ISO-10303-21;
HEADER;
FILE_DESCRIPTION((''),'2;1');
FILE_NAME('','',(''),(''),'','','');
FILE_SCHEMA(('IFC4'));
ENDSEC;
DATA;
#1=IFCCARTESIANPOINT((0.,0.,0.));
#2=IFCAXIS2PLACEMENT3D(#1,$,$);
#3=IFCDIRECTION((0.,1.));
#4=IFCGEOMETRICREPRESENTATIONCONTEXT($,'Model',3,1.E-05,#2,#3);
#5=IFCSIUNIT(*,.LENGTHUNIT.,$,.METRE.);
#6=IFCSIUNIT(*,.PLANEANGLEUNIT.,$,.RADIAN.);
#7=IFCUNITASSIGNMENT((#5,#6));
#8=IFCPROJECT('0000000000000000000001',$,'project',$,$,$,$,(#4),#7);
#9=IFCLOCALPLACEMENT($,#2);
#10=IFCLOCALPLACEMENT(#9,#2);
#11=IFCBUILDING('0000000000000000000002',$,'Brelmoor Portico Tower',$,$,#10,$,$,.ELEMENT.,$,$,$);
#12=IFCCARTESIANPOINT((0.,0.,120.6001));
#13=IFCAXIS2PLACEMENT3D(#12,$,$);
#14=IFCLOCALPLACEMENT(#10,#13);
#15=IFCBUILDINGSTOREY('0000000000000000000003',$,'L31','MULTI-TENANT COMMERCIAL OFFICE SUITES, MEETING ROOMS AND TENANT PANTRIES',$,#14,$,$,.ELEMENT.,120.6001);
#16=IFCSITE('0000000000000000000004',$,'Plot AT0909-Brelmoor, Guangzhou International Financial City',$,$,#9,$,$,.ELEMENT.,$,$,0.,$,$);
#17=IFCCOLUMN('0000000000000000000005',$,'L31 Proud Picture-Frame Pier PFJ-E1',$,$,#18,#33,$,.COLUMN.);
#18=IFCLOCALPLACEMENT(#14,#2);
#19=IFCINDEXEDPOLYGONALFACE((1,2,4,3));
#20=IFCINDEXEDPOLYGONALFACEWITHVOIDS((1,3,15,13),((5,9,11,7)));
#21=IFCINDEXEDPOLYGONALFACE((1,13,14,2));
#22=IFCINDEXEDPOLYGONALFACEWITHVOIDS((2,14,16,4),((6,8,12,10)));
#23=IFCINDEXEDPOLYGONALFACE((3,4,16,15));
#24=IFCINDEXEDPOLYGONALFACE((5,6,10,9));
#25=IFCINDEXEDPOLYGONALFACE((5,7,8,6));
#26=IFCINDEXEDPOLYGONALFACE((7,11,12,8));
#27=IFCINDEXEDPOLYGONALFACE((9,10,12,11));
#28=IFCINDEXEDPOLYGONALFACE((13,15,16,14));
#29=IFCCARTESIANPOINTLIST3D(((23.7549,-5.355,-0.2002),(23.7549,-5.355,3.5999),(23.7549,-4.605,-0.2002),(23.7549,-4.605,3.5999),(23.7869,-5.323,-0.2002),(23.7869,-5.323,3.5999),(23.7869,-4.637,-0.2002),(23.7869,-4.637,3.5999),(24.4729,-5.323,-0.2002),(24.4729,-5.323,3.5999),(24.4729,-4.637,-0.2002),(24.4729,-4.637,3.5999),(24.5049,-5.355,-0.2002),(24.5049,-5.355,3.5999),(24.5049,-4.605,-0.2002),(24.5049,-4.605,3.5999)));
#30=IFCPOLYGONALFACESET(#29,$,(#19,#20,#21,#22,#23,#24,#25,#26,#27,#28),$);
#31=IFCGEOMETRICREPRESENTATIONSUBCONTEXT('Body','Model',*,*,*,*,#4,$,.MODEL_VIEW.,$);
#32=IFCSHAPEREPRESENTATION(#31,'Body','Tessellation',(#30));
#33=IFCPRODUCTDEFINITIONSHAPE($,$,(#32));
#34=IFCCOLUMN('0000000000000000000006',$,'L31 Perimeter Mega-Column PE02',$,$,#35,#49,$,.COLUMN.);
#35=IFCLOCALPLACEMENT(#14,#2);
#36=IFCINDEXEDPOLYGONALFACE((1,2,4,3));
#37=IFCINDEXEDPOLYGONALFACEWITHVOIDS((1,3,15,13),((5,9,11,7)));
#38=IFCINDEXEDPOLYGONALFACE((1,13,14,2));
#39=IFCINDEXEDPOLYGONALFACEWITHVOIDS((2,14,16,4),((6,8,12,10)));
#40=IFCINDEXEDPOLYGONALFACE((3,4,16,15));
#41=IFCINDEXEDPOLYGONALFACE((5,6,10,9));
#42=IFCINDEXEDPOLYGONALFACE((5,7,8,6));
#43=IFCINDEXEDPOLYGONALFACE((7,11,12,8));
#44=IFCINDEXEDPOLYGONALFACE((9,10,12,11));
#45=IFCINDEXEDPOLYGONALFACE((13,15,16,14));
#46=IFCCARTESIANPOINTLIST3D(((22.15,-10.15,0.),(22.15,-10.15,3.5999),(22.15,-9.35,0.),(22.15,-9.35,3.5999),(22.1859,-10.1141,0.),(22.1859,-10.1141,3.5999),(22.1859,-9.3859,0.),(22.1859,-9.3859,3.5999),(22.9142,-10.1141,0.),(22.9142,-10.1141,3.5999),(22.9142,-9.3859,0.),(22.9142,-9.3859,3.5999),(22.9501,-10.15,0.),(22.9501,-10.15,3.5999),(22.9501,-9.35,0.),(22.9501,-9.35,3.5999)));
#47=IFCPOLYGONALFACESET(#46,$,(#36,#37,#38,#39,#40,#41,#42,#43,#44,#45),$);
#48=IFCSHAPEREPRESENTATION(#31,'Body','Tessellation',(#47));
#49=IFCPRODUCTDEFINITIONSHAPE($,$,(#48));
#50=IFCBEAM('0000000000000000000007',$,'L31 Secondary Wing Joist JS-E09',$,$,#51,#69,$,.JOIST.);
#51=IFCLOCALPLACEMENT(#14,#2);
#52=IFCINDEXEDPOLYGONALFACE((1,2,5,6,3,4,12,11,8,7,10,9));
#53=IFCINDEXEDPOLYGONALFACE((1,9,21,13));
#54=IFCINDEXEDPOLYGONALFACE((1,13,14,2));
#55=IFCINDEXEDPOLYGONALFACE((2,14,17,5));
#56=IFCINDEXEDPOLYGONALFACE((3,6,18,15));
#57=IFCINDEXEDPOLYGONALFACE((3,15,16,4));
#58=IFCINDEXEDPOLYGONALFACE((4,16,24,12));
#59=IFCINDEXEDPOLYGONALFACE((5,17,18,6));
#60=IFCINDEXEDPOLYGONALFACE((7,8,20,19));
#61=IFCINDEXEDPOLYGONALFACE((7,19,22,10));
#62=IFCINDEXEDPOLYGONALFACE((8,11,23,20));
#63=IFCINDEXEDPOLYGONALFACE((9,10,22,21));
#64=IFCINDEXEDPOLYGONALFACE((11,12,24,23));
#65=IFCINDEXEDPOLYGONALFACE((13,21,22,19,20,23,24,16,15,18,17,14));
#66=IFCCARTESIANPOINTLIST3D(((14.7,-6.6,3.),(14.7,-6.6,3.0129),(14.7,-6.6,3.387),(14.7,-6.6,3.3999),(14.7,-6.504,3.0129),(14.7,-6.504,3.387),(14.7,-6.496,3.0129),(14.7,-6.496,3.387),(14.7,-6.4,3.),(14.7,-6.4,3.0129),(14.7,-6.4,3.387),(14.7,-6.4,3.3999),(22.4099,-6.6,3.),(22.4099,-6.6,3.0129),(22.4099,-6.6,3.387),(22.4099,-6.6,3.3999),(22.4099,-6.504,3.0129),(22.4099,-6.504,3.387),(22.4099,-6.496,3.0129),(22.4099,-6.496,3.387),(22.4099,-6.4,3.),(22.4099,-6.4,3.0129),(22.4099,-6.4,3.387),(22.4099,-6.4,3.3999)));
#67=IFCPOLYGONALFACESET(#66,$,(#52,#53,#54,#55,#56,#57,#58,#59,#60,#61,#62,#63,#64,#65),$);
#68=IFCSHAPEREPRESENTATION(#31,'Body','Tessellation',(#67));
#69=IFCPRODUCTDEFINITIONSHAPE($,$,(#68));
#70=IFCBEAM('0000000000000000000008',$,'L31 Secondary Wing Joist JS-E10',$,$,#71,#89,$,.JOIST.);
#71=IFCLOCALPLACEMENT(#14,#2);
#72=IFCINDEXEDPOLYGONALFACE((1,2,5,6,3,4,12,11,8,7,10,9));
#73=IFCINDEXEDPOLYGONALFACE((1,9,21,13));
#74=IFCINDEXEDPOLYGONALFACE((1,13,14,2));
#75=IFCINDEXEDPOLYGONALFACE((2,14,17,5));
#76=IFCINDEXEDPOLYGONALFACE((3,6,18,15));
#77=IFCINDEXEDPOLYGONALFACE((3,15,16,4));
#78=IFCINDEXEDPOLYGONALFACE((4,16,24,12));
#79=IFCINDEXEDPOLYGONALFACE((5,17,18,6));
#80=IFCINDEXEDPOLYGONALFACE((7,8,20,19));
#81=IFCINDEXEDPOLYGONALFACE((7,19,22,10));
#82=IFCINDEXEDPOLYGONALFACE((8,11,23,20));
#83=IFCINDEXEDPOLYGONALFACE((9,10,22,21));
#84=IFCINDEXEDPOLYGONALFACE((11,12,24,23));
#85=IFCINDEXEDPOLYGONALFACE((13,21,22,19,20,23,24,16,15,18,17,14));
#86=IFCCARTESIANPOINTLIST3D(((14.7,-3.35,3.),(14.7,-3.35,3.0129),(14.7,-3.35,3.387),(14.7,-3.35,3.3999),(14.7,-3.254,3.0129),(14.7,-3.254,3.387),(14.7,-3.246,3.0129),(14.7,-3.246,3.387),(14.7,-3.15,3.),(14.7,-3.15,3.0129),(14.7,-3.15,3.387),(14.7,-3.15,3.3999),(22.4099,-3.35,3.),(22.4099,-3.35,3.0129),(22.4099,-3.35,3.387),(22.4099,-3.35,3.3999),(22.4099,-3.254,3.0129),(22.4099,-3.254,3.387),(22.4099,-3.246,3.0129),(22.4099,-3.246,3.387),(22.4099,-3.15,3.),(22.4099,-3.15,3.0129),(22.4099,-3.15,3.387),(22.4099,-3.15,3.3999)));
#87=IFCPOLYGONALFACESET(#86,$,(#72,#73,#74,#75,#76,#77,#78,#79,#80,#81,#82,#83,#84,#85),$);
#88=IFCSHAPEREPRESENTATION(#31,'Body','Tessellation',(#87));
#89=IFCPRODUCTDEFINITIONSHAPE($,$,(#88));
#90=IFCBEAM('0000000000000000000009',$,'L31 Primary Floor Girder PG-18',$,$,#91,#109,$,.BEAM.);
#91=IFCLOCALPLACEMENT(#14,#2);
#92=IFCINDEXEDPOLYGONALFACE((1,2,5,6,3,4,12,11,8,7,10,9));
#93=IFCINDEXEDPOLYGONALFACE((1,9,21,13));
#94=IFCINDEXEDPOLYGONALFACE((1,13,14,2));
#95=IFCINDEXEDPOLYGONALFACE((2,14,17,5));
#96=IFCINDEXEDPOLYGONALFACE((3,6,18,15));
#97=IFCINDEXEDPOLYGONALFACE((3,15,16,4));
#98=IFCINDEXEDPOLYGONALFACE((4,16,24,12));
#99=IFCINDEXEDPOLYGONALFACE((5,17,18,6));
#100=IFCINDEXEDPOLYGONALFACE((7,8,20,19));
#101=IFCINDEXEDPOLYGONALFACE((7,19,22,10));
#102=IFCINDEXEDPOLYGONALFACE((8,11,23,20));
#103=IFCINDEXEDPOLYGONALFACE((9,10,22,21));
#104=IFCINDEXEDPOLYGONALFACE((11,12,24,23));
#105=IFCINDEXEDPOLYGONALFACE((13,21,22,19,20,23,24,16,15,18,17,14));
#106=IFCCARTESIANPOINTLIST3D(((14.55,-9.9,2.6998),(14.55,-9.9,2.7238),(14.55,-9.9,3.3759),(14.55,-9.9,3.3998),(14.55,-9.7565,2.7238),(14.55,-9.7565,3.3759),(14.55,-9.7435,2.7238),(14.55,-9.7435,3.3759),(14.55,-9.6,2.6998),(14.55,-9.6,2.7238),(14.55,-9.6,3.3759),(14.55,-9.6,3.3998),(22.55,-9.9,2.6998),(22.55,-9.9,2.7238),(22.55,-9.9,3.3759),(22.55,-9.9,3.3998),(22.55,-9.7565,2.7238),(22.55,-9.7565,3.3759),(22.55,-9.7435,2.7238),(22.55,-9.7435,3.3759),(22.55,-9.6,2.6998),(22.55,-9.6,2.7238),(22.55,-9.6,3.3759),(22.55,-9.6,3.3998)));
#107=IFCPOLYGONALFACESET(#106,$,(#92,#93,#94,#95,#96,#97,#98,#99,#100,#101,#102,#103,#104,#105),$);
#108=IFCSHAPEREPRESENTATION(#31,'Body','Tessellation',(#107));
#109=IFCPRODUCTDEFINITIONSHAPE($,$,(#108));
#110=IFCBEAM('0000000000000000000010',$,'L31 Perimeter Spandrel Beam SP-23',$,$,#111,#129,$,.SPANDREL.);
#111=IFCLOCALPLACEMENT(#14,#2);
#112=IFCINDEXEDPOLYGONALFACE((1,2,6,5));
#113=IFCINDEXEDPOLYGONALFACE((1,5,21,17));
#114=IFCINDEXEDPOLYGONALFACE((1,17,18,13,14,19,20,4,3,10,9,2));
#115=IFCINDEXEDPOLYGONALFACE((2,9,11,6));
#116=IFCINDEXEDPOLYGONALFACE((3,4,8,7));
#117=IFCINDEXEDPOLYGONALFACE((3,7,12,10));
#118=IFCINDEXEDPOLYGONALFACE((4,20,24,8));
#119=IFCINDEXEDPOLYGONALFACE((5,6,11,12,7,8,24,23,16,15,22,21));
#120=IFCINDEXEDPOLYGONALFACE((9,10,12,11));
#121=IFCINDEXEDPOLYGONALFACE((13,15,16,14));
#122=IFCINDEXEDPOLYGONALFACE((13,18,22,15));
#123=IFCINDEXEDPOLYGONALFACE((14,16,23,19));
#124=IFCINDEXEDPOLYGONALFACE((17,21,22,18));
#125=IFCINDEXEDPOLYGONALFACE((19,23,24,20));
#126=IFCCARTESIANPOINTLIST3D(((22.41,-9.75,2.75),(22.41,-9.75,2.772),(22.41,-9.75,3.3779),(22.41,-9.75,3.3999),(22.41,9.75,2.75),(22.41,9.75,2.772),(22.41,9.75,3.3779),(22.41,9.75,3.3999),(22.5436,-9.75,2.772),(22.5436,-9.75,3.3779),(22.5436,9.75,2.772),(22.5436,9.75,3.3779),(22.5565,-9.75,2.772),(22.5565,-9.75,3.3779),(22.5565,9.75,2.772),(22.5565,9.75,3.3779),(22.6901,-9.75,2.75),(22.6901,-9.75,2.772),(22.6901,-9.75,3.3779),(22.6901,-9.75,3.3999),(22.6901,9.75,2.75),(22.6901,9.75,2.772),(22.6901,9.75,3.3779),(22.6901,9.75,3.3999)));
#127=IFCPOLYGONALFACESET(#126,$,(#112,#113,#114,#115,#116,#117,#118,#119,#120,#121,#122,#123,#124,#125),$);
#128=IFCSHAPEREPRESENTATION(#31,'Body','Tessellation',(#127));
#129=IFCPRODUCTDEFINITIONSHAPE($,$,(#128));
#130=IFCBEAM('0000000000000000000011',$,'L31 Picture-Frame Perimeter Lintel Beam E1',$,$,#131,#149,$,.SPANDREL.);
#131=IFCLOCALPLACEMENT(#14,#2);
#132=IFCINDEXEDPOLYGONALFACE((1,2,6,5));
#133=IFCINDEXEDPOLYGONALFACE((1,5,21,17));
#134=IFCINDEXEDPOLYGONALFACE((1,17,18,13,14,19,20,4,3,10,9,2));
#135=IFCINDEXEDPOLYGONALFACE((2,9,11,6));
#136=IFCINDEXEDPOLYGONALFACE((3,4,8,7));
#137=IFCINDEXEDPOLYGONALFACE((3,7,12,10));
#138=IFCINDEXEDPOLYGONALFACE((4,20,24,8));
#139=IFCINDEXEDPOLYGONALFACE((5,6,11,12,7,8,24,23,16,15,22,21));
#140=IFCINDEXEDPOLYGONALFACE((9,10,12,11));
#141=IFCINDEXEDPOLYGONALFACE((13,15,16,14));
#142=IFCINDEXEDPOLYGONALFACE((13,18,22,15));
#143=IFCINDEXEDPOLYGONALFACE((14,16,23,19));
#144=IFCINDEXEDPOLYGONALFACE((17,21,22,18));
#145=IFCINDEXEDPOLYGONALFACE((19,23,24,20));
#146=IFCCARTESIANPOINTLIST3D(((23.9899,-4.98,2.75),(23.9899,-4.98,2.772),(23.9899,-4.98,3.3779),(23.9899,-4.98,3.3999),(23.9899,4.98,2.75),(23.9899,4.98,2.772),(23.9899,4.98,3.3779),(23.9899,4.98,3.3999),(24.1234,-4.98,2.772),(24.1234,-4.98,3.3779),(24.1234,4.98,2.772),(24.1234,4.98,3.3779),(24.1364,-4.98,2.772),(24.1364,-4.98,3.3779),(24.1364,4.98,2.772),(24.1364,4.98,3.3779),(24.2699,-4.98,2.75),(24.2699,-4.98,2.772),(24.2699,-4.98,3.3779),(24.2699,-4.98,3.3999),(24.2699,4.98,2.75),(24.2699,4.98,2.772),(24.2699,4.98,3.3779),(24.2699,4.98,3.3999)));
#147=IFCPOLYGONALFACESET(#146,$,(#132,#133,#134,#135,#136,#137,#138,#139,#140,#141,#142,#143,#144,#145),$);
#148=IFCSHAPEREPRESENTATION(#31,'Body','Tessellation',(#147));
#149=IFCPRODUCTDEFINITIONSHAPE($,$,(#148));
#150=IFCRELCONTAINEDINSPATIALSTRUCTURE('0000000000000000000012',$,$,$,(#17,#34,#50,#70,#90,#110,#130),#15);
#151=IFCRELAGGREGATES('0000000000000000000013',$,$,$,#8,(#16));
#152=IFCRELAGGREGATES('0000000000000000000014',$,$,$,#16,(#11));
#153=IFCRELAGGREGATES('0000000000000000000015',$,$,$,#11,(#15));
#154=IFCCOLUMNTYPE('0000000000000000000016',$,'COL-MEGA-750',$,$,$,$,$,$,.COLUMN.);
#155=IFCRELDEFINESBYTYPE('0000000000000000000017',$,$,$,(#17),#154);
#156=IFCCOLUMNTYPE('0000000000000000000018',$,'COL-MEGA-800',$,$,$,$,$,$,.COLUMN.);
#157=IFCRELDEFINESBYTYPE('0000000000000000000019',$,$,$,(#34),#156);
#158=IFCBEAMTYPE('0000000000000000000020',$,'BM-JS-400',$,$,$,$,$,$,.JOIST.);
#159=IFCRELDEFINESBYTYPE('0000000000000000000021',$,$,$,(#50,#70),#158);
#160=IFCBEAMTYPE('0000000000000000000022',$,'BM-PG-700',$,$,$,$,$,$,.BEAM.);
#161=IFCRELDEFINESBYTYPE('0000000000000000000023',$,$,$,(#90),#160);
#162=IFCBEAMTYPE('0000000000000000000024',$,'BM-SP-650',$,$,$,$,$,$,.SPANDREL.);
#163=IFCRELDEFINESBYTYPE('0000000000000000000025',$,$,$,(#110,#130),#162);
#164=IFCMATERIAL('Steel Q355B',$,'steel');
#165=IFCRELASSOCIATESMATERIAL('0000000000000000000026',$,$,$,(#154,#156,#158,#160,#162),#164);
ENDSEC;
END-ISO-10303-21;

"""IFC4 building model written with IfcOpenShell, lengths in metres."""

from ifc_helpers import new_model, si_unit, direction, frame, origin, origin_2d, place, context, subcontext, project, spatial, hollow_rectangle, i_section, extrude, material, material_profile, profile_set, type_object, element, save


model = new_model("IFC4")

# Units and contexts
model_context = context("Model", 3, precision=1e-05, world=origin(), true_north=direction((0.0, 1.0)))
body_context = subcontext(model_context, "Body", "Model", "MODEL_VIEW")
ifc_project = project(units=[si_unit("LENGTHUNIT", "METRE"), si_unit("PLANEANGLEUNIT", "RADIAN")], contexts=[model_context])

# Site, building, storey
site_placement = place(None, origin())
site = spatial("IfcSite", under=ifc_project, at=site_placement, Name="Plot AT0909-Brelmoor, Guangzhou International Financial City", CompositionType="ELEMENT", RefElevation=0.0)
building_placement = place(site_placement, origin())
building = spatial("IfcBuilding", under=site, at=building_placement, Name="Brelmoor Portico Tower", CompositionType="ELEMENT")
storey_placement = place(building_placement, frame((0.0, 0.0, 120.6001)))
storey = spatial("IfcBuildingStorey", under=building, at=storey_placement, Name="L31", Description="MULTI-TENANT COMMERCIAL OFFICE SUITES, MEETING ROOMS AND TENANT PANTRIES", CompositionType="ELEMENT", Elevation=120.6001)

# Columns
ifc_material_1 = material(Name="Steel Q355B", Category="steel")
ifc_material_profile_1 = material_profile(ifc_material_1, hollow_rectangle(XDim=0.75, YDim=0.75, WallThickness=0.032, at=origin_2d()), Name="BOX 750x750x32")
ifc_profile_set_1 = profile_set([ifc_material_profile_1], Name="Steel Q355B")
column_type_1 = type_object("IfcColumnType", Name="COL-MEGA-750", PredefinedType="COLUMN", material=ifc_profile_set_1)
column_1_placement = place(storey_placement, frame((24.1299, -4.98, -0.2002), z_axis=(0.0, 0.0, 1.0), x_axis=(0.0, 1.0, 0.0)))
element("IfcColumn", 1, at=column_1_placement, inside=storey, type_object=column_type_1, Name="L31 Proud Picture-Frame Pier PFJ-E1", PredefinedType="COLUMN", context=body_context, shape_type="SweptSolid", body=[
    extrude(hollow_rectangle(XDim=0.75, YDim=0.75, WallThickness=0.032, at=origin_2d()), origin(), (0.0, 0.0, 1.0), 3.8),
])
ifc_material_profile_2 = material_profile(ifc_material_1, hollow_rectangle(XDim=0.8, YDim=0.8, WallThickness=0.0359, at=origin_2d()), Name="BOX 800x800x36")
ifc_profile_set_2 = profile_set([ifc_material_profile_2], Name="Steel Q355B")
column_type_2 = type_object("IfcColumnType", Name="COL-MEGA-800", PredefinedType="COLUMN", material=ifc_profile_set_2)
column_2_placement = place(storey_placement, frame((22.55, -9.75, 0.0), z_axis=(0.0, 0.0, 1.0), x_axis=(0.0, 1.0, 0.0)))
element("IfcColumn", 2, at=column_2_placement, inside=storey, type_object=column_type_2, Name="L31 Perimeter Mega-Column PE02", PredefinedType="COLUMN", context=body_context, shape_type="SweptSolid", body=[
    extrude(hollow_rectangle(XDim=0.8, YDim=0.8, WallThickness=0.0359, at=origin_2d()), origin(), (0.0, 0.0, 1.0), 3.5999),
])

# Beams
ifc_material_profile_3 = material_profile(ifc_material_1, i_section(OverallWidth=0.2, OverallDepth=0.3999, WebThickness=0.0081, FlangeThickness=0.0129, at=origin_2d()), Name="HN 400x200x8x13")
ifc_profile_set_3 = profile_set([ifc_material_profile_3], Name="Steel Q355B")
beam_type_1 = type_object("IfcBeamType", Name="BM-JS-400", PredefinedType="JOIST", material=ifc_profile_set_3)
for number, where, z_axis, x_axis, name in (
    (3, (14.7, -6.5, 3.2), (1.0, 0.0, 0.0), (0.0, 1.0, 0.0), "L31 Secondary Wing Joist JS-E09"),
    (4, (14.7, -3.25, 3.2), (1.0, 0.0, 0.0), (0.0, 1.0, 0.0), "L31 Secondary Wing Joist JS-E10"),
):
    element("IfcBeam", number, at=place(storey_placement, frame(where, z_axis=z_axis, x_axis=x_axis)), inside=storey, type_object=beam_type_1, Name=name, PredefinedType="JOIST", context=body_context, shape_type="SweptSolid", body=[
        extrude(i_section(OverallWidth=0.2, OverallDepth=0.3999, WebThickness=0.0081, FlangeThickness=0.0129, at=origin_2d()), origin(), (0.0, 0.0, 1.0), 7.71),
    ])
ifc_material_profile_4 = material_profile(ifc_material_1, i_section(OverallWidth=0.3, OverallDepth=0.7, WebThickness=0.0129, FlangeThickness=0.0239, at=origin_2d()), Name="HN 700x300x13x24")
ifc_profile_set_4 = profile_set([ifc_material_profile_4], Name="Steel Q355B")
beam_type_2 = type_object("IfcBeamType", Name="BM-PG-700", PredefinedType="BEAM", material=ifc_profile_set_4)
beam_1_placement = place(storey_placement, frame((14.55, -9.75, 3.0498), z_axis=(1.0, 0.0, 0.0), x_axis=(0.0, 1.0, 0.0)))
element("IfcBeam", 5, at=beam_1_placement, inside=storey, type_object=beam_type_2, Name="L31 Primary Floor Girder PG-18", PredefinedType="BEAM", context=body_context, shape_type="SweptSolid", body=[
    extrude(i_section(OverallWidth=0.3, OverallDepth=0.7, WebThickness=0.0129, FlangeThickness=0.0239, at=origin_2d()), origin(), (0.0, 0.0, 1.0), 8.0),
])
ifc_material_profile_5 = material_profile(ifc_material_1, i_section(OverallWidth=0.28, OverallDepth=0.6499, WebThickness=0.0129, FlangeThickness=0.022, at=origin_2d()), Name="HN 650x280x13x22")
ifc_profile_set_5 = profile_set([ifc_material_profile_5], Name="Steel Q355B")
beam_type_3 = type_object("IfcBeamType", Name="BM-SP-650", PredefinedType="SPANDREL", material=ifc_profile_set_5)
beam_2_placement = place(storey_placement, frame((22.55, -9.75, 3.075), z_axis=(0.0, 1.0, 0.0), x_axis=(-1.0, 0.0, 0.0)))
element("IfcBeam", 6, at=beam_2_placement, inside=storey, type_object=beam_type_3, Name="L31 Perimeter Spandrel Beam SP-23", PredefinedType="SPANDREL", context=body_context, shape_type="SweptSolid", body=[
    extrude(i_section(OverallWidth=0.28, OverallDepth=0.6499, WebThickness=0.0129, FlangeThickness=0.022, at=origin_2d()), origin(), (0.0, 0.0, 1.0), 19.5),
])
beam_3_placement = place(storey_placement, frame((24.1299, -4.98, 3.075), z_axis=(0.0, 1.0, 0.0), x_axis=(-1.0, 0.0, 0.0)))
element("IfcBeam", 7, at=beam_3_placement, inside=storey, type_object=beam_type_3, Name="L31 Picture-Frame Perimeter Lintel Beam E1", PredefinedType="SPANDREL", context=body_context, shape_type="SweptSolid", body=[
    extrude(i_section(OverallWidth=0.28, OverallDepth=0.6499, WebThickness=0.0129, FlangeThickness=0.022, at=origin_2d()), origin(), (0.0, 0.0, 1.0), 9.96),
])

save(model, "model.ifc")
